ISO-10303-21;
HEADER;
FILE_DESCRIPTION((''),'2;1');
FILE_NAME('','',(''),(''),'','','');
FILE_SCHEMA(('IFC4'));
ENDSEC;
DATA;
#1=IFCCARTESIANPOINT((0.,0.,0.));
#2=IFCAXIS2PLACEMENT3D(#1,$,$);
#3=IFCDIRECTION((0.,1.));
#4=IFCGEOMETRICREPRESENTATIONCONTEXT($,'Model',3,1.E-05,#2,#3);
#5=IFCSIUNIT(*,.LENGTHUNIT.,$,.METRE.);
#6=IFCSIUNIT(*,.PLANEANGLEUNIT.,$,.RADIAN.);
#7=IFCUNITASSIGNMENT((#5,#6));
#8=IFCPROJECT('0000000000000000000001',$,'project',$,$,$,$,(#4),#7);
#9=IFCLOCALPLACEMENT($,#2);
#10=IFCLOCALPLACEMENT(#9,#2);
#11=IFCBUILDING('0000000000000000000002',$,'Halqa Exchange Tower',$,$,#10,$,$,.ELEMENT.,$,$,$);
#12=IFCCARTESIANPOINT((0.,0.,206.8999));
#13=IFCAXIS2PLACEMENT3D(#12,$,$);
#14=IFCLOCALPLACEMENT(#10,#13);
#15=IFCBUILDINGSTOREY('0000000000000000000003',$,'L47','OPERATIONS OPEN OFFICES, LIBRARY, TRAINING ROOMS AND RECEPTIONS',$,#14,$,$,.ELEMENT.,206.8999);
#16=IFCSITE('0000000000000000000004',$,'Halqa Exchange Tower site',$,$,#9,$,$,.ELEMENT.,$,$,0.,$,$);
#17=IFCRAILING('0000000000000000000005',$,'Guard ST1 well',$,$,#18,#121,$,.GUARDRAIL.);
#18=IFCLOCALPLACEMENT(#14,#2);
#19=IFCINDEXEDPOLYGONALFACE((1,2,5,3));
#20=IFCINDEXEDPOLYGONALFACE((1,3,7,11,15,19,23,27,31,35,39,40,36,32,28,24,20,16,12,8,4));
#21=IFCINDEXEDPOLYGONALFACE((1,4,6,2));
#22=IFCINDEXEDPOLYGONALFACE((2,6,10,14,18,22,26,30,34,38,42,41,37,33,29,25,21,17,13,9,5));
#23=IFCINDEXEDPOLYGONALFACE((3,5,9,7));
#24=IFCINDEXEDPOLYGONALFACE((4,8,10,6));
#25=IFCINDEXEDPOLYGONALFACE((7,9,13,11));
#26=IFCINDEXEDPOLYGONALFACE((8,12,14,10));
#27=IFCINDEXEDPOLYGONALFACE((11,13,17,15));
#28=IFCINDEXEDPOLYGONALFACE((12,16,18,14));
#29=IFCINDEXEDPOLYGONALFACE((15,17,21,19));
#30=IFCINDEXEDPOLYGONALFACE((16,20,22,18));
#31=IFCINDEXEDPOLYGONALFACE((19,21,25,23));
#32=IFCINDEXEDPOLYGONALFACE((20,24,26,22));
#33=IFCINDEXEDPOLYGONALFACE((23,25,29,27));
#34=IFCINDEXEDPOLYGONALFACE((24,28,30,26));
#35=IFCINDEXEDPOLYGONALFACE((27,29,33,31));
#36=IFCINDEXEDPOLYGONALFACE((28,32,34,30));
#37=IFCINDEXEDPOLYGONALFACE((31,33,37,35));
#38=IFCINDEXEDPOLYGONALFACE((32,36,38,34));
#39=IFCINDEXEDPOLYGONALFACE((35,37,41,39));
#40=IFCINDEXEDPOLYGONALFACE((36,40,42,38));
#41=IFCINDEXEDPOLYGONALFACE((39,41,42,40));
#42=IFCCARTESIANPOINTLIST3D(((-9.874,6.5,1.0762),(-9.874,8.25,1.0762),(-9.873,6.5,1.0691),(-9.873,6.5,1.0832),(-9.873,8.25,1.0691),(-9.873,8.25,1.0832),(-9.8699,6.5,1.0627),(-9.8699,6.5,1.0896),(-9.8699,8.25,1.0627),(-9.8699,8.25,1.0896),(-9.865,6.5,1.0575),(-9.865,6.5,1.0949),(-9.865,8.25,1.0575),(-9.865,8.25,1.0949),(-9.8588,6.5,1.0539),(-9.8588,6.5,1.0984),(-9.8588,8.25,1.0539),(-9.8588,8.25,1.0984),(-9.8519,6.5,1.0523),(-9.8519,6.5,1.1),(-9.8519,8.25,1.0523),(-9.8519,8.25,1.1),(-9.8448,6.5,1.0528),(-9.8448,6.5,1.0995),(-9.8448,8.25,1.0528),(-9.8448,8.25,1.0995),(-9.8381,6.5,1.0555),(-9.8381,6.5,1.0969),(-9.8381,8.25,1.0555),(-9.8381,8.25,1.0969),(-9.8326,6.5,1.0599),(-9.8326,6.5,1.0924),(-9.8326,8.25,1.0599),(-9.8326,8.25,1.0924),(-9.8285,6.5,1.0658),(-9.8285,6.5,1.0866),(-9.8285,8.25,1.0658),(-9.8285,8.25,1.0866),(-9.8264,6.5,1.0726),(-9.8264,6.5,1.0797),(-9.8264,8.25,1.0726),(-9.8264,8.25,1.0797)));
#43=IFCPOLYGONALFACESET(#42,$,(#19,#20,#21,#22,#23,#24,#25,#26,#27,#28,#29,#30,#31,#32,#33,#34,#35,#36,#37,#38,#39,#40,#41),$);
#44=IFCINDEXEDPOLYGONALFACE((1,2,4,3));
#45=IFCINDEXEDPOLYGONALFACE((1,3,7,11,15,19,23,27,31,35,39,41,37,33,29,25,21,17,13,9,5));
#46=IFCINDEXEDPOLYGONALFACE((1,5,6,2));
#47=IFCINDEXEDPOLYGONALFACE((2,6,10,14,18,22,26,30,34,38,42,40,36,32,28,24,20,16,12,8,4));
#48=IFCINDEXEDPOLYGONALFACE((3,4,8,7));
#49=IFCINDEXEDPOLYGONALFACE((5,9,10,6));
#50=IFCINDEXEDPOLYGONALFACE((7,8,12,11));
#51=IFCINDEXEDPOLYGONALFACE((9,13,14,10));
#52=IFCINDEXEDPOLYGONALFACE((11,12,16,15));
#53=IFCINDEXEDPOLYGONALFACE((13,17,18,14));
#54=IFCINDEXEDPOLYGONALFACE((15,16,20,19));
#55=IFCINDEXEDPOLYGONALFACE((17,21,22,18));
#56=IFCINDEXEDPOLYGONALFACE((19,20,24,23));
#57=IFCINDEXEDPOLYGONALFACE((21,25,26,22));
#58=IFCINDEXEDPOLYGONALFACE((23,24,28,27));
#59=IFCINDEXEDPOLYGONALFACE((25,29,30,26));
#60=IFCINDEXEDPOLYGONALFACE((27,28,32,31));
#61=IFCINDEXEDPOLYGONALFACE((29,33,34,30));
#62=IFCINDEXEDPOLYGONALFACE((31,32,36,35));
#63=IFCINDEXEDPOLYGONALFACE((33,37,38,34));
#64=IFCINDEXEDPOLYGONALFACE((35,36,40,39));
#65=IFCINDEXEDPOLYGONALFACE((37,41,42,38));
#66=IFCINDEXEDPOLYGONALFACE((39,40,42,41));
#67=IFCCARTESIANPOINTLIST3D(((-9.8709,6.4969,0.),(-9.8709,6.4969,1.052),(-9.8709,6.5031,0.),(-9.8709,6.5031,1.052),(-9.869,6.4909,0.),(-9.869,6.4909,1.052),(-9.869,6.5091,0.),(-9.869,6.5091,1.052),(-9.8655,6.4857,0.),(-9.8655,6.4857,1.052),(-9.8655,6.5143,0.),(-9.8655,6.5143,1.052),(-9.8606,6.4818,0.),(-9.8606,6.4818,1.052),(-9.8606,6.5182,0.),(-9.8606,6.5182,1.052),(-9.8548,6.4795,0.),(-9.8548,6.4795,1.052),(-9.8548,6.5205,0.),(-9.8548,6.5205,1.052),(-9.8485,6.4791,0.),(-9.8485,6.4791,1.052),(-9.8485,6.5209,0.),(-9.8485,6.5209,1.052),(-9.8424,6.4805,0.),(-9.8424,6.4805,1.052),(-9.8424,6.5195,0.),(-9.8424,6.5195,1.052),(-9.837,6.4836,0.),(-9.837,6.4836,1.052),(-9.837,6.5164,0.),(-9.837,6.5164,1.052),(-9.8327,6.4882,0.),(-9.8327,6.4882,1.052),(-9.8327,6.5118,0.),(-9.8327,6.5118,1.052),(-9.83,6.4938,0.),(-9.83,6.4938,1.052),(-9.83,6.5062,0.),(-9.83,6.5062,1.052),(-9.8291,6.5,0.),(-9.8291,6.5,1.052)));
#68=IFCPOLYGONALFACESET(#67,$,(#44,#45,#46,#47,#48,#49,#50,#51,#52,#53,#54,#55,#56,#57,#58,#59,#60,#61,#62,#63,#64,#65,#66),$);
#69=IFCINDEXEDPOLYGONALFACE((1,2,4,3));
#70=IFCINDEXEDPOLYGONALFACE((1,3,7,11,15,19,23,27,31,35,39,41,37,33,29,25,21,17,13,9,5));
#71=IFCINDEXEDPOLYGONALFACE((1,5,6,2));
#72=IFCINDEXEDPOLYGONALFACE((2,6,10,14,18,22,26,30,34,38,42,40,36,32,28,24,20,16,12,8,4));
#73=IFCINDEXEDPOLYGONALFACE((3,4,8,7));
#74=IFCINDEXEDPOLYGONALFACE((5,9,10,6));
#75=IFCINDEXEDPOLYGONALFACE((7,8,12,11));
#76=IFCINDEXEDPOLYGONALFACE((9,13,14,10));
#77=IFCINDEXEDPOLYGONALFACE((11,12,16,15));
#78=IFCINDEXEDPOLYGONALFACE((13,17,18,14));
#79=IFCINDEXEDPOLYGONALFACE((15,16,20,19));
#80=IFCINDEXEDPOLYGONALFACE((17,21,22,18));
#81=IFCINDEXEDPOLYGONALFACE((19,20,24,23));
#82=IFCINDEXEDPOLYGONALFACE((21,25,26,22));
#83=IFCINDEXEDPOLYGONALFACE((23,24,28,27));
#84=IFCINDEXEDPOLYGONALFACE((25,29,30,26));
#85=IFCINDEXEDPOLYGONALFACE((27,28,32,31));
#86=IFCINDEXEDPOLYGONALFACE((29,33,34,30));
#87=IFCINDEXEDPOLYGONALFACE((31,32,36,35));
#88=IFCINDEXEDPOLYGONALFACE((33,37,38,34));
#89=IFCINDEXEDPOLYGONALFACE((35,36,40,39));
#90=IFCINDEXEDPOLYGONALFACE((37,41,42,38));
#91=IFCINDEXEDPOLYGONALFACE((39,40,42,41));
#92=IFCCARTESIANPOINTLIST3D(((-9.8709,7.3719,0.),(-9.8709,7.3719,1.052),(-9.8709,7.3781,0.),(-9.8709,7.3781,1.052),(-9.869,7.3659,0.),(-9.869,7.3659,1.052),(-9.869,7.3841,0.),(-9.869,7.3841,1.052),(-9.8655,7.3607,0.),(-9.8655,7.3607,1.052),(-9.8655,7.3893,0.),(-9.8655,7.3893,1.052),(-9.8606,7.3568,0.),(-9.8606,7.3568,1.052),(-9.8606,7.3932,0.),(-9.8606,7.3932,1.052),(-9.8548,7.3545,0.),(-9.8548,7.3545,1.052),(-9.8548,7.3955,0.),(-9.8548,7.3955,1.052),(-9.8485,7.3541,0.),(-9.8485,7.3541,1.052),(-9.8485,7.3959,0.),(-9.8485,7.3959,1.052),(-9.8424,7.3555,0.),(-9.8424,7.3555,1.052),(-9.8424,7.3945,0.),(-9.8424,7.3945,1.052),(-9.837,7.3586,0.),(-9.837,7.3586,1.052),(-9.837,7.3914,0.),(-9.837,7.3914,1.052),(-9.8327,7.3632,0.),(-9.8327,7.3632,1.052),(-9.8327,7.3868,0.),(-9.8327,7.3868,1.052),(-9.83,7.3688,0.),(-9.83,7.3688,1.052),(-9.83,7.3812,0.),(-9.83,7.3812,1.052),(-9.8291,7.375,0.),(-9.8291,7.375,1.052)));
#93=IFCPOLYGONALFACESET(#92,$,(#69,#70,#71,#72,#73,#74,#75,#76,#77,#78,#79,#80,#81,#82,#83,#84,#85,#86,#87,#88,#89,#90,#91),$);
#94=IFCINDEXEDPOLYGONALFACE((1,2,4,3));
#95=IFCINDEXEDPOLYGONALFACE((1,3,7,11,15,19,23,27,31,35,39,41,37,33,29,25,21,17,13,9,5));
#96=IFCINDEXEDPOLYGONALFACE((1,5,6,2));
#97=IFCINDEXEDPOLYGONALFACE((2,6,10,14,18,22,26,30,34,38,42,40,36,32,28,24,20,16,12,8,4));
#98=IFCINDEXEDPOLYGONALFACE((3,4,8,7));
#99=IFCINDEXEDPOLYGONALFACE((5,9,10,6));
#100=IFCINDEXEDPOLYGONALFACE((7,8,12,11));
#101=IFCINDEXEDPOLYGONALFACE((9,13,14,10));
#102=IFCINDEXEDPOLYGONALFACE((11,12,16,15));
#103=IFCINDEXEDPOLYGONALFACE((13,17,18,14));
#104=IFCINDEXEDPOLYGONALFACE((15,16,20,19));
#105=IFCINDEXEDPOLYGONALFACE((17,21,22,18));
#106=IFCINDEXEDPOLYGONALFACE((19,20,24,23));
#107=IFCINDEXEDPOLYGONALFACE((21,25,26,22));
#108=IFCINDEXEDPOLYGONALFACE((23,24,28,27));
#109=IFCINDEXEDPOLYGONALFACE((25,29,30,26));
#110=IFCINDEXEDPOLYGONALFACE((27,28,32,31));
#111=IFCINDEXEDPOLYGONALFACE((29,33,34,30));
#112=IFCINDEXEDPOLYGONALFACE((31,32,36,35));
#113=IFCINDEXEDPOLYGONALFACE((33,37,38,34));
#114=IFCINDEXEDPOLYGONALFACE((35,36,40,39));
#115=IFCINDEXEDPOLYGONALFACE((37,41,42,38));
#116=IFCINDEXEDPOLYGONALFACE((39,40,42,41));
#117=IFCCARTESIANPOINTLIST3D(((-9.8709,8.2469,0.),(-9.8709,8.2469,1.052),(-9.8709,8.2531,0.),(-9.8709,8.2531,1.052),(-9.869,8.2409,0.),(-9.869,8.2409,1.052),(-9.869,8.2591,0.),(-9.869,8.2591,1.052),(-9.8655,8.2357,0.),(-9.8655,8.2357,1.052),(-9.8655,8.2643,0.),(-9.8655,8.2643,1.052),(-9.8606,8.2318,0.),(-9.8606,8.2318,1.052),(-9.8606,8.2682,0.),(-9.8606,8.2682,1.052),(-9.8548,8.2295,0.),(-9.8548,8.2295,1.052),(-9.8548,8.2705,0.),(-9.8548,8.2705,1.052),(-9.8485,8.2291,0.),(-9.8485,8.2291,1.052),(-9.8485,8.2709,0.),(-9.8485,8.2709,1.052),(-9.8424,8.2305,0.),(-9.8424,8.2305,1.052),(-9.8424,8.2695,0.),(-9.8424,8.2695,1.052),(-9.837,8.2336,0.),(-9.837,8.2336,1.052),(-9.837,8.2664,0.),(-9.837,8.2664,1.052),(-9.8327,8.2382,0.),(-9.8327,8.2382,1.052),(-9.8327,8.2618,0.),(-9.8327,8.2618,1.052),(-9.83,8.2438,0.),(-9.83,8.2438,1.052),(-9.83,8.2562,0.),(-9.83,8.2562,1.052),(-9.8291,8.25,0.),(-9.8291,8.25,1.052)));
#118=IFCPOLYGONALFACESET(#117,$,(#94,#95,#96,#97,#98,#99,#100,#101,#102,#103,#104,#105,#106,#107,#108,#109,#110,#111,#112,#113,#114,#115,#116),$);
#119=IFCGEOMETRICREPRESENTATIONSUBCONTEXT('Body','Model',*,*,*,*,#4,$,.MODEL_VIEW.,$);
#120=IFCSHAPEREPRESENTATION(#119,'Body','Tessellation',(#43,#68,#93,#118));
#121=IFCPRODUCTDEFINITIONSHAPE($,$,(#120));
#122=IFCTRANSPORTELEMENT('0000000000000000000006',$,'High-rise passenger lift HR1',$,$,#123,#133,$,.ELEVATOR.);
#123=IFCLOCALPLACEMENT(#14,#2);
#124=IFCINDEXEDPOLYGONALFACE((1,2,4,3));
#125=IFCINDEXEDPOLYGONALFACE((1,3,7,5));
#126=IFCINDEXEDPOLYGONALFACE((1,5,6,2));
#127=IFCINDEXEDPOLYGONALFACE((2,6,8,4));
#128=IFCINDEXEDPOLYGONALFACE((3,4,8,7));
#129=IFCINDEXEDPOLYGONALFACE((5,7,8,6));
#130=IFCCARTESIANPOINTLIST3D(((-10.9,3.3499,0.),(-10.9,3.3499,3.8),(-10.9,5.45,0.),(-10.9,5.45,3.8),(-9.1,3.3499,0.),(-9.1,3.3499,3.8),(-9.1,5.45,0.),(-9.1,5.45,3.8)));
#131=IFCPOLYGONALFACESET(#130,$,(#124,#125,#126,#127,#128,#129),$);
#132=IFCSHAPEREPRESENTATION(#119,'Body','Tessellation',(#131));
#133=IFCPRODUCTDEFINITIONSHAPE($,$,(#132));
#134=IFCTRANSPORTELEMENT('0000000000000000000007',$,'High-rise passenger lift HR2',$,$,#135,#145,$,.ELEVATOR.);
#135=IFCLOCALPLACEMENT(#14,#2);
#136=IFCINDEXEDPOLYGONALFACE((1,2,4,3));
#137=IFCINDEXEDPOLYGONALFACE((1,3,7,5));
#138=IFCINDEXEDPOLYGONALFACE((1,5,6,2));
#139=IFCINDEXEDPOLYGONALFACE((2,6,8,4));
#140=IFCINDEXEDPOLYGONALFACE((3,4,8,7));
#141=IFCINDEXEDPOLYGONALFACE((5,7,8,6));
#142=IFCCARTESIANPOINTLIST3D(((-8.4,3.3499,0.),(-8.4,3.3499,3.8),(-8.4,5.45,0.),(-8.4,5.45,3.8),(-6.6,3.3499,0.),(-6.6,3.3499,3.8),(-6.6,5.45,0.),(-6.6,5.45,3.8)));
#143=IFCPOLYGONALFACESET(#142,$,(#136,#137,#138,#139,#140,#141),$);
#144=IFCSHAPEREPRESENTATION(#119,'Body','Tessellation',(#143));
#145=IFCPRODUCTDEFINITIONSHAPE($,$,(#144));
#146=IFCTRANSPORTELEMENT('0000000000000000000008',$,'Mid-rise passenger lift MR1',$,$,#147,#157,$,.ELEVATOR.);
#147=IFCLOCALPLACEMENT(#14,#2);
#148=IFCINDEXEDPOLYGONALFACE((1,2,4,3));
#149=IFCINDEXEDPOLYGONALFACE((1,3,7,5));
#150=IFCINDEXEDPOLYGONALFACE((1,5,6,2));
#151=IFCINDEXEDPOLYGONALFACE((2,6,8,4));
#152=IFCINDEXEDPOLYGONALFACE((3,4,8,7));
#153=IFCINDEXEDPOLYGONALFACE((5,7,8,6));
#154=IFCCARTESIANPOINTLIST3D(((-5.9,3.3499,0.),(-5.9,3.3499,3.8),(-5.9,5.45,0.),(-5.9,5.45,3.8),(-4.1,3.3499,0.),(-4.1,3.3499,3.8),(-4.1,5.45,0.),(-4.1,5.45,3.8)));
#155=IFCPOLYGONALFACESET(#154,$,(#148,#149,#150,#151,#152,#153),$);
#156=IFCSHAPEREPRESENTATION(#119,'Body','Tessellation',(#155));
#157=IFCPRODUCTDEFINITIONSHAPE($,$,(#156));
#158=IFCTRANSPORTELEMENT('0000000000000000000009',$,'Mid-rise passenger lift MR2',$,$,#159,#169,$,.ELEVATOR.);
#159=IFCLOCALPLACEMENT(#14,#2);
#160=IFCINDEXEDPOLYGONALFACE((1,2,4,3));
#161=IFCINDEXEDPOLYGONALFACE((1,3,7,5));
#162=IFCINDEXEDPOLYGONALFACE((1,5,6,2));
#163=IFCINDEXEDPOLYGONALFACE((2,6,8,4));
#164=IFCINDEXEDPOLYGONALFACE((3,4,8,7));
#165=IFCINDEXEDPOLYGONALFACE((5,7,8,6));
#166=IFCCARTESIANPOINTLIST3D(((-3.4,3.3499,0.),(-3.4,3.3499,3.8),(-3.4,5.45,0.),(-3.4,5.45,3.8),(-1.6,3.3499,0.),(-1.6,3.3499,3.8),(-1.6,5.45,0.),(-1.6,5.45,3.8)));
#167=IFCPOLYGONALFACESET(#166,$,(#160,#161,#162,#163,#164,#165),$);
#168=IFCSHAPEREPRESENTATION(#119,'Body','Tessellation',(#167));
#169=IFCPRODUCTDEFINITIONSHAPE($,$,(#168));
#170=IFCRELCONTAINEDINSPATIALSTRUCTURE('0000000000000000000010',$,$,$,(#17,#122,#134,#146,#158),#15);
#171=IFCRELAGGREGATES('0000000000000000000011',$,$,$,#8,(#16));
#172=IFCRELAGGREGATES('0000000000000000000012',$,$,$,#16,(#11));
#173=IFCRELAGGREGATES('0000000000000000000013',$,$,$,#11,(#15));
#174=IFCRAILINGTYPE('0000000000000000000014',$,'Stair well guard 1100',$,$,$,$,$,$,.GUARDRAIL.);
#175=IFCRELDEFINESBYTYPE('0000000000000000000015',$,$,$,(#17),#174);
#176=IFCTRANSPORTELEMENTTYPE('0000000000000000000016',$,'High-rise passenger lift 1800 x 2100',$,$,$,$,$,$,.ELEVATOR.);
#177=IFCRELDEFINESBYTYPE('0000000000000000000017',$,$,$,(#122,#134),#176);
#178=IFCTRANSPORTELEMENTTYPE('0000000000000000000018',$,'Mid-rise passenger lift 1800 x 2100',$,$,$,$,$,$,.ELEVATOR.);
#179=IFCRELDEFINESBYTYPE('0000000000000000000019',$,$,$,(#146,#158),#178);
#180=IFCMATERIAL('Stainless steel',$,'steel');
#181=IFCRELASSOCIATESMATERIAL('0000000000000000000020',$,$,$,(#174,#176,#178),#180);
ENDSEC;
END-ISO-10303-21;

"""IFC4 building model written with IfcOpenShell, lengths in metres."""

from ifc_helpers import new_model, si_unit, direction, frame, origin, origin_2d, place, context, subcontext, project, spatial, rectangle, circle, extrude, material, type_object, element, save


model = new_model("IFC4")

# Units and contexts
model_context = context("Model", 3, precision=1e-05, world=origin(), true_north=direction((0.0, 1.0)))
body_context = subcontext(model_context, "Body", "Model", "MODEL_VIEW")
ifc_project = project(units=[si_unit("LENGTHUNIT", "METRE"), si_unit("PLANEANGLEUNIT", "RADIAN")], contexts=[model_context])

# Site, building, storey
site_placement = place(None, origin())
site = spatial("IfcSite", under=ifc_project, at=site_placement, Name="Halqa Exchange Tower site", CompositionType="ELEMENT", RefElevation=0.0)
building_placement = place(site_placement, origin())
building = spatial("IfcBuilding", under=site, at=building_placement, Name="Halqa Exchange Tower", CompositionType="ELEMENT")
storey_placement = place(building_placement, frame((0.0, 0.0, 206.8999)))
storey = spatial("IfcBuildingStorey", under=building, at=storey_placement, Name="L47", Description="OPERATIONS OPEN OFFICES, LIBRARY, TRAINING ROOMS AND RECEPTIONS", CompositionType="ELEMENT", Elevation=206.8999)

# Shared definitions
ifc_material_1 = material(Name="Stainless steel", Category="steel")

# Railing
railing_type_1 = type_object("IfcRailingType", Name="Stair well guard 1100", PredefinedType="GUARDRAIL", material=ifc_material_1)
railing_1_placement = place(storey_placement, frame((-9.8501, 6.5, 0.0)))
element("IfcRailing", 1, at=railing_1_placement, inside=storey, type_object=railing_type_1, Name="Guard ST1 well", PredefinedType="GUARDRAIL", context=body_context, shape_type="SweptSolid", body=[
    extrude(circle(Radius=0.0239, at=origin_2d()), frame((0.0, 0.0, 1.0762), z_axis=(0.0, 1.0, 0.0), x_axis=(-1.0, 0.0, 0.0)), (0.0, 0.0, 1.0), 1.75),
    extrude(circle(Radius=0.021, at=origin_2d()), origin(), (0.0, 0.0, 1.0), 1.052),
    extrude(circle(Radius=0.021, at=origin_2d()), frame((0.0, 0.875, 0.0)), (0.0, 0.0, 1.0), 1.052),
    extrude(circle(Radius=0.021, at=origin_2d()), frame((0.0, 1.75, 0.0)), (0.0, 0.0, 1.0), 1.052),
])

# Transport elements
transport_element_type_1 = type_object("IfcTransportElementType", Name="High-rise passenger lift 1800 x 2100", PredefinedType="ELEVATOR", material=ifc_material_1)
for number, where, z_axis, x_axis, name in (
    (2, (-10.0, 4.3999, 0.0), (0.0, 0.0, 1.0), (1.0, 0.0, 0.0), "High-rise passenger lift HR1"),
    (3, (-7.5, 4.3999, 0.0), (0.0, 0.0, 1.0), (1.0, 0.0, 0.0), "High-rise passenger lift HR2"),
):
    element("IfcTransportElement", number, at=place(storey_placement, frame(where, z_axis=z_axis, x_axis=x_axis)), inside=storey, type_object=transport_element_type_1, Name=name, PredefinedType="ELEVATOR", context=body_context, shape_type="SweptSolid", body=[
        extrude(rectangle(XDim=1.8, YDim=2.1001, at=origin_2d()), origin(), (0.0, 0.0, 1.0), 3.8),
    ])
transport_element_type_2 = type_object("IfcTransportElementType", Name="Mid-rise passenger lift 1800 x 2100", PredefinedType="ELEVATOR", material=ifc_material_1)
for number, where, z_axis, x_axis, name in (
    (4, (-5.0, 4.3999, 0.0), (0.0, 0.0, 1.0), (1.0, 0.0, 0.0), "Mid-rise passenger lift MR1"),
    (5, (-2.5, 4.3999, 0.0), (0.0, 0.0, 1.0), (1.0, 0.0, 0.0), "Mid-rise passenger lift MR2"),
):
    element("IfcTransportElement", number, at=place(storey_placement, frame(where, z_axis=z_axis, x_axis=x_axis)), inside=storey, type_object=transport_element_type_2, Name=name, PredefinedType="ELEVATOR", context=body_context, shape_type="SweptSolid", body=[
        extrude(rectangle(XDim=1.8, YDim=2.1001, at=origin_2d()), origin(), (0.0, 0.0, 1.0), 3.8),
    ])

save(model, "model.ifc")
